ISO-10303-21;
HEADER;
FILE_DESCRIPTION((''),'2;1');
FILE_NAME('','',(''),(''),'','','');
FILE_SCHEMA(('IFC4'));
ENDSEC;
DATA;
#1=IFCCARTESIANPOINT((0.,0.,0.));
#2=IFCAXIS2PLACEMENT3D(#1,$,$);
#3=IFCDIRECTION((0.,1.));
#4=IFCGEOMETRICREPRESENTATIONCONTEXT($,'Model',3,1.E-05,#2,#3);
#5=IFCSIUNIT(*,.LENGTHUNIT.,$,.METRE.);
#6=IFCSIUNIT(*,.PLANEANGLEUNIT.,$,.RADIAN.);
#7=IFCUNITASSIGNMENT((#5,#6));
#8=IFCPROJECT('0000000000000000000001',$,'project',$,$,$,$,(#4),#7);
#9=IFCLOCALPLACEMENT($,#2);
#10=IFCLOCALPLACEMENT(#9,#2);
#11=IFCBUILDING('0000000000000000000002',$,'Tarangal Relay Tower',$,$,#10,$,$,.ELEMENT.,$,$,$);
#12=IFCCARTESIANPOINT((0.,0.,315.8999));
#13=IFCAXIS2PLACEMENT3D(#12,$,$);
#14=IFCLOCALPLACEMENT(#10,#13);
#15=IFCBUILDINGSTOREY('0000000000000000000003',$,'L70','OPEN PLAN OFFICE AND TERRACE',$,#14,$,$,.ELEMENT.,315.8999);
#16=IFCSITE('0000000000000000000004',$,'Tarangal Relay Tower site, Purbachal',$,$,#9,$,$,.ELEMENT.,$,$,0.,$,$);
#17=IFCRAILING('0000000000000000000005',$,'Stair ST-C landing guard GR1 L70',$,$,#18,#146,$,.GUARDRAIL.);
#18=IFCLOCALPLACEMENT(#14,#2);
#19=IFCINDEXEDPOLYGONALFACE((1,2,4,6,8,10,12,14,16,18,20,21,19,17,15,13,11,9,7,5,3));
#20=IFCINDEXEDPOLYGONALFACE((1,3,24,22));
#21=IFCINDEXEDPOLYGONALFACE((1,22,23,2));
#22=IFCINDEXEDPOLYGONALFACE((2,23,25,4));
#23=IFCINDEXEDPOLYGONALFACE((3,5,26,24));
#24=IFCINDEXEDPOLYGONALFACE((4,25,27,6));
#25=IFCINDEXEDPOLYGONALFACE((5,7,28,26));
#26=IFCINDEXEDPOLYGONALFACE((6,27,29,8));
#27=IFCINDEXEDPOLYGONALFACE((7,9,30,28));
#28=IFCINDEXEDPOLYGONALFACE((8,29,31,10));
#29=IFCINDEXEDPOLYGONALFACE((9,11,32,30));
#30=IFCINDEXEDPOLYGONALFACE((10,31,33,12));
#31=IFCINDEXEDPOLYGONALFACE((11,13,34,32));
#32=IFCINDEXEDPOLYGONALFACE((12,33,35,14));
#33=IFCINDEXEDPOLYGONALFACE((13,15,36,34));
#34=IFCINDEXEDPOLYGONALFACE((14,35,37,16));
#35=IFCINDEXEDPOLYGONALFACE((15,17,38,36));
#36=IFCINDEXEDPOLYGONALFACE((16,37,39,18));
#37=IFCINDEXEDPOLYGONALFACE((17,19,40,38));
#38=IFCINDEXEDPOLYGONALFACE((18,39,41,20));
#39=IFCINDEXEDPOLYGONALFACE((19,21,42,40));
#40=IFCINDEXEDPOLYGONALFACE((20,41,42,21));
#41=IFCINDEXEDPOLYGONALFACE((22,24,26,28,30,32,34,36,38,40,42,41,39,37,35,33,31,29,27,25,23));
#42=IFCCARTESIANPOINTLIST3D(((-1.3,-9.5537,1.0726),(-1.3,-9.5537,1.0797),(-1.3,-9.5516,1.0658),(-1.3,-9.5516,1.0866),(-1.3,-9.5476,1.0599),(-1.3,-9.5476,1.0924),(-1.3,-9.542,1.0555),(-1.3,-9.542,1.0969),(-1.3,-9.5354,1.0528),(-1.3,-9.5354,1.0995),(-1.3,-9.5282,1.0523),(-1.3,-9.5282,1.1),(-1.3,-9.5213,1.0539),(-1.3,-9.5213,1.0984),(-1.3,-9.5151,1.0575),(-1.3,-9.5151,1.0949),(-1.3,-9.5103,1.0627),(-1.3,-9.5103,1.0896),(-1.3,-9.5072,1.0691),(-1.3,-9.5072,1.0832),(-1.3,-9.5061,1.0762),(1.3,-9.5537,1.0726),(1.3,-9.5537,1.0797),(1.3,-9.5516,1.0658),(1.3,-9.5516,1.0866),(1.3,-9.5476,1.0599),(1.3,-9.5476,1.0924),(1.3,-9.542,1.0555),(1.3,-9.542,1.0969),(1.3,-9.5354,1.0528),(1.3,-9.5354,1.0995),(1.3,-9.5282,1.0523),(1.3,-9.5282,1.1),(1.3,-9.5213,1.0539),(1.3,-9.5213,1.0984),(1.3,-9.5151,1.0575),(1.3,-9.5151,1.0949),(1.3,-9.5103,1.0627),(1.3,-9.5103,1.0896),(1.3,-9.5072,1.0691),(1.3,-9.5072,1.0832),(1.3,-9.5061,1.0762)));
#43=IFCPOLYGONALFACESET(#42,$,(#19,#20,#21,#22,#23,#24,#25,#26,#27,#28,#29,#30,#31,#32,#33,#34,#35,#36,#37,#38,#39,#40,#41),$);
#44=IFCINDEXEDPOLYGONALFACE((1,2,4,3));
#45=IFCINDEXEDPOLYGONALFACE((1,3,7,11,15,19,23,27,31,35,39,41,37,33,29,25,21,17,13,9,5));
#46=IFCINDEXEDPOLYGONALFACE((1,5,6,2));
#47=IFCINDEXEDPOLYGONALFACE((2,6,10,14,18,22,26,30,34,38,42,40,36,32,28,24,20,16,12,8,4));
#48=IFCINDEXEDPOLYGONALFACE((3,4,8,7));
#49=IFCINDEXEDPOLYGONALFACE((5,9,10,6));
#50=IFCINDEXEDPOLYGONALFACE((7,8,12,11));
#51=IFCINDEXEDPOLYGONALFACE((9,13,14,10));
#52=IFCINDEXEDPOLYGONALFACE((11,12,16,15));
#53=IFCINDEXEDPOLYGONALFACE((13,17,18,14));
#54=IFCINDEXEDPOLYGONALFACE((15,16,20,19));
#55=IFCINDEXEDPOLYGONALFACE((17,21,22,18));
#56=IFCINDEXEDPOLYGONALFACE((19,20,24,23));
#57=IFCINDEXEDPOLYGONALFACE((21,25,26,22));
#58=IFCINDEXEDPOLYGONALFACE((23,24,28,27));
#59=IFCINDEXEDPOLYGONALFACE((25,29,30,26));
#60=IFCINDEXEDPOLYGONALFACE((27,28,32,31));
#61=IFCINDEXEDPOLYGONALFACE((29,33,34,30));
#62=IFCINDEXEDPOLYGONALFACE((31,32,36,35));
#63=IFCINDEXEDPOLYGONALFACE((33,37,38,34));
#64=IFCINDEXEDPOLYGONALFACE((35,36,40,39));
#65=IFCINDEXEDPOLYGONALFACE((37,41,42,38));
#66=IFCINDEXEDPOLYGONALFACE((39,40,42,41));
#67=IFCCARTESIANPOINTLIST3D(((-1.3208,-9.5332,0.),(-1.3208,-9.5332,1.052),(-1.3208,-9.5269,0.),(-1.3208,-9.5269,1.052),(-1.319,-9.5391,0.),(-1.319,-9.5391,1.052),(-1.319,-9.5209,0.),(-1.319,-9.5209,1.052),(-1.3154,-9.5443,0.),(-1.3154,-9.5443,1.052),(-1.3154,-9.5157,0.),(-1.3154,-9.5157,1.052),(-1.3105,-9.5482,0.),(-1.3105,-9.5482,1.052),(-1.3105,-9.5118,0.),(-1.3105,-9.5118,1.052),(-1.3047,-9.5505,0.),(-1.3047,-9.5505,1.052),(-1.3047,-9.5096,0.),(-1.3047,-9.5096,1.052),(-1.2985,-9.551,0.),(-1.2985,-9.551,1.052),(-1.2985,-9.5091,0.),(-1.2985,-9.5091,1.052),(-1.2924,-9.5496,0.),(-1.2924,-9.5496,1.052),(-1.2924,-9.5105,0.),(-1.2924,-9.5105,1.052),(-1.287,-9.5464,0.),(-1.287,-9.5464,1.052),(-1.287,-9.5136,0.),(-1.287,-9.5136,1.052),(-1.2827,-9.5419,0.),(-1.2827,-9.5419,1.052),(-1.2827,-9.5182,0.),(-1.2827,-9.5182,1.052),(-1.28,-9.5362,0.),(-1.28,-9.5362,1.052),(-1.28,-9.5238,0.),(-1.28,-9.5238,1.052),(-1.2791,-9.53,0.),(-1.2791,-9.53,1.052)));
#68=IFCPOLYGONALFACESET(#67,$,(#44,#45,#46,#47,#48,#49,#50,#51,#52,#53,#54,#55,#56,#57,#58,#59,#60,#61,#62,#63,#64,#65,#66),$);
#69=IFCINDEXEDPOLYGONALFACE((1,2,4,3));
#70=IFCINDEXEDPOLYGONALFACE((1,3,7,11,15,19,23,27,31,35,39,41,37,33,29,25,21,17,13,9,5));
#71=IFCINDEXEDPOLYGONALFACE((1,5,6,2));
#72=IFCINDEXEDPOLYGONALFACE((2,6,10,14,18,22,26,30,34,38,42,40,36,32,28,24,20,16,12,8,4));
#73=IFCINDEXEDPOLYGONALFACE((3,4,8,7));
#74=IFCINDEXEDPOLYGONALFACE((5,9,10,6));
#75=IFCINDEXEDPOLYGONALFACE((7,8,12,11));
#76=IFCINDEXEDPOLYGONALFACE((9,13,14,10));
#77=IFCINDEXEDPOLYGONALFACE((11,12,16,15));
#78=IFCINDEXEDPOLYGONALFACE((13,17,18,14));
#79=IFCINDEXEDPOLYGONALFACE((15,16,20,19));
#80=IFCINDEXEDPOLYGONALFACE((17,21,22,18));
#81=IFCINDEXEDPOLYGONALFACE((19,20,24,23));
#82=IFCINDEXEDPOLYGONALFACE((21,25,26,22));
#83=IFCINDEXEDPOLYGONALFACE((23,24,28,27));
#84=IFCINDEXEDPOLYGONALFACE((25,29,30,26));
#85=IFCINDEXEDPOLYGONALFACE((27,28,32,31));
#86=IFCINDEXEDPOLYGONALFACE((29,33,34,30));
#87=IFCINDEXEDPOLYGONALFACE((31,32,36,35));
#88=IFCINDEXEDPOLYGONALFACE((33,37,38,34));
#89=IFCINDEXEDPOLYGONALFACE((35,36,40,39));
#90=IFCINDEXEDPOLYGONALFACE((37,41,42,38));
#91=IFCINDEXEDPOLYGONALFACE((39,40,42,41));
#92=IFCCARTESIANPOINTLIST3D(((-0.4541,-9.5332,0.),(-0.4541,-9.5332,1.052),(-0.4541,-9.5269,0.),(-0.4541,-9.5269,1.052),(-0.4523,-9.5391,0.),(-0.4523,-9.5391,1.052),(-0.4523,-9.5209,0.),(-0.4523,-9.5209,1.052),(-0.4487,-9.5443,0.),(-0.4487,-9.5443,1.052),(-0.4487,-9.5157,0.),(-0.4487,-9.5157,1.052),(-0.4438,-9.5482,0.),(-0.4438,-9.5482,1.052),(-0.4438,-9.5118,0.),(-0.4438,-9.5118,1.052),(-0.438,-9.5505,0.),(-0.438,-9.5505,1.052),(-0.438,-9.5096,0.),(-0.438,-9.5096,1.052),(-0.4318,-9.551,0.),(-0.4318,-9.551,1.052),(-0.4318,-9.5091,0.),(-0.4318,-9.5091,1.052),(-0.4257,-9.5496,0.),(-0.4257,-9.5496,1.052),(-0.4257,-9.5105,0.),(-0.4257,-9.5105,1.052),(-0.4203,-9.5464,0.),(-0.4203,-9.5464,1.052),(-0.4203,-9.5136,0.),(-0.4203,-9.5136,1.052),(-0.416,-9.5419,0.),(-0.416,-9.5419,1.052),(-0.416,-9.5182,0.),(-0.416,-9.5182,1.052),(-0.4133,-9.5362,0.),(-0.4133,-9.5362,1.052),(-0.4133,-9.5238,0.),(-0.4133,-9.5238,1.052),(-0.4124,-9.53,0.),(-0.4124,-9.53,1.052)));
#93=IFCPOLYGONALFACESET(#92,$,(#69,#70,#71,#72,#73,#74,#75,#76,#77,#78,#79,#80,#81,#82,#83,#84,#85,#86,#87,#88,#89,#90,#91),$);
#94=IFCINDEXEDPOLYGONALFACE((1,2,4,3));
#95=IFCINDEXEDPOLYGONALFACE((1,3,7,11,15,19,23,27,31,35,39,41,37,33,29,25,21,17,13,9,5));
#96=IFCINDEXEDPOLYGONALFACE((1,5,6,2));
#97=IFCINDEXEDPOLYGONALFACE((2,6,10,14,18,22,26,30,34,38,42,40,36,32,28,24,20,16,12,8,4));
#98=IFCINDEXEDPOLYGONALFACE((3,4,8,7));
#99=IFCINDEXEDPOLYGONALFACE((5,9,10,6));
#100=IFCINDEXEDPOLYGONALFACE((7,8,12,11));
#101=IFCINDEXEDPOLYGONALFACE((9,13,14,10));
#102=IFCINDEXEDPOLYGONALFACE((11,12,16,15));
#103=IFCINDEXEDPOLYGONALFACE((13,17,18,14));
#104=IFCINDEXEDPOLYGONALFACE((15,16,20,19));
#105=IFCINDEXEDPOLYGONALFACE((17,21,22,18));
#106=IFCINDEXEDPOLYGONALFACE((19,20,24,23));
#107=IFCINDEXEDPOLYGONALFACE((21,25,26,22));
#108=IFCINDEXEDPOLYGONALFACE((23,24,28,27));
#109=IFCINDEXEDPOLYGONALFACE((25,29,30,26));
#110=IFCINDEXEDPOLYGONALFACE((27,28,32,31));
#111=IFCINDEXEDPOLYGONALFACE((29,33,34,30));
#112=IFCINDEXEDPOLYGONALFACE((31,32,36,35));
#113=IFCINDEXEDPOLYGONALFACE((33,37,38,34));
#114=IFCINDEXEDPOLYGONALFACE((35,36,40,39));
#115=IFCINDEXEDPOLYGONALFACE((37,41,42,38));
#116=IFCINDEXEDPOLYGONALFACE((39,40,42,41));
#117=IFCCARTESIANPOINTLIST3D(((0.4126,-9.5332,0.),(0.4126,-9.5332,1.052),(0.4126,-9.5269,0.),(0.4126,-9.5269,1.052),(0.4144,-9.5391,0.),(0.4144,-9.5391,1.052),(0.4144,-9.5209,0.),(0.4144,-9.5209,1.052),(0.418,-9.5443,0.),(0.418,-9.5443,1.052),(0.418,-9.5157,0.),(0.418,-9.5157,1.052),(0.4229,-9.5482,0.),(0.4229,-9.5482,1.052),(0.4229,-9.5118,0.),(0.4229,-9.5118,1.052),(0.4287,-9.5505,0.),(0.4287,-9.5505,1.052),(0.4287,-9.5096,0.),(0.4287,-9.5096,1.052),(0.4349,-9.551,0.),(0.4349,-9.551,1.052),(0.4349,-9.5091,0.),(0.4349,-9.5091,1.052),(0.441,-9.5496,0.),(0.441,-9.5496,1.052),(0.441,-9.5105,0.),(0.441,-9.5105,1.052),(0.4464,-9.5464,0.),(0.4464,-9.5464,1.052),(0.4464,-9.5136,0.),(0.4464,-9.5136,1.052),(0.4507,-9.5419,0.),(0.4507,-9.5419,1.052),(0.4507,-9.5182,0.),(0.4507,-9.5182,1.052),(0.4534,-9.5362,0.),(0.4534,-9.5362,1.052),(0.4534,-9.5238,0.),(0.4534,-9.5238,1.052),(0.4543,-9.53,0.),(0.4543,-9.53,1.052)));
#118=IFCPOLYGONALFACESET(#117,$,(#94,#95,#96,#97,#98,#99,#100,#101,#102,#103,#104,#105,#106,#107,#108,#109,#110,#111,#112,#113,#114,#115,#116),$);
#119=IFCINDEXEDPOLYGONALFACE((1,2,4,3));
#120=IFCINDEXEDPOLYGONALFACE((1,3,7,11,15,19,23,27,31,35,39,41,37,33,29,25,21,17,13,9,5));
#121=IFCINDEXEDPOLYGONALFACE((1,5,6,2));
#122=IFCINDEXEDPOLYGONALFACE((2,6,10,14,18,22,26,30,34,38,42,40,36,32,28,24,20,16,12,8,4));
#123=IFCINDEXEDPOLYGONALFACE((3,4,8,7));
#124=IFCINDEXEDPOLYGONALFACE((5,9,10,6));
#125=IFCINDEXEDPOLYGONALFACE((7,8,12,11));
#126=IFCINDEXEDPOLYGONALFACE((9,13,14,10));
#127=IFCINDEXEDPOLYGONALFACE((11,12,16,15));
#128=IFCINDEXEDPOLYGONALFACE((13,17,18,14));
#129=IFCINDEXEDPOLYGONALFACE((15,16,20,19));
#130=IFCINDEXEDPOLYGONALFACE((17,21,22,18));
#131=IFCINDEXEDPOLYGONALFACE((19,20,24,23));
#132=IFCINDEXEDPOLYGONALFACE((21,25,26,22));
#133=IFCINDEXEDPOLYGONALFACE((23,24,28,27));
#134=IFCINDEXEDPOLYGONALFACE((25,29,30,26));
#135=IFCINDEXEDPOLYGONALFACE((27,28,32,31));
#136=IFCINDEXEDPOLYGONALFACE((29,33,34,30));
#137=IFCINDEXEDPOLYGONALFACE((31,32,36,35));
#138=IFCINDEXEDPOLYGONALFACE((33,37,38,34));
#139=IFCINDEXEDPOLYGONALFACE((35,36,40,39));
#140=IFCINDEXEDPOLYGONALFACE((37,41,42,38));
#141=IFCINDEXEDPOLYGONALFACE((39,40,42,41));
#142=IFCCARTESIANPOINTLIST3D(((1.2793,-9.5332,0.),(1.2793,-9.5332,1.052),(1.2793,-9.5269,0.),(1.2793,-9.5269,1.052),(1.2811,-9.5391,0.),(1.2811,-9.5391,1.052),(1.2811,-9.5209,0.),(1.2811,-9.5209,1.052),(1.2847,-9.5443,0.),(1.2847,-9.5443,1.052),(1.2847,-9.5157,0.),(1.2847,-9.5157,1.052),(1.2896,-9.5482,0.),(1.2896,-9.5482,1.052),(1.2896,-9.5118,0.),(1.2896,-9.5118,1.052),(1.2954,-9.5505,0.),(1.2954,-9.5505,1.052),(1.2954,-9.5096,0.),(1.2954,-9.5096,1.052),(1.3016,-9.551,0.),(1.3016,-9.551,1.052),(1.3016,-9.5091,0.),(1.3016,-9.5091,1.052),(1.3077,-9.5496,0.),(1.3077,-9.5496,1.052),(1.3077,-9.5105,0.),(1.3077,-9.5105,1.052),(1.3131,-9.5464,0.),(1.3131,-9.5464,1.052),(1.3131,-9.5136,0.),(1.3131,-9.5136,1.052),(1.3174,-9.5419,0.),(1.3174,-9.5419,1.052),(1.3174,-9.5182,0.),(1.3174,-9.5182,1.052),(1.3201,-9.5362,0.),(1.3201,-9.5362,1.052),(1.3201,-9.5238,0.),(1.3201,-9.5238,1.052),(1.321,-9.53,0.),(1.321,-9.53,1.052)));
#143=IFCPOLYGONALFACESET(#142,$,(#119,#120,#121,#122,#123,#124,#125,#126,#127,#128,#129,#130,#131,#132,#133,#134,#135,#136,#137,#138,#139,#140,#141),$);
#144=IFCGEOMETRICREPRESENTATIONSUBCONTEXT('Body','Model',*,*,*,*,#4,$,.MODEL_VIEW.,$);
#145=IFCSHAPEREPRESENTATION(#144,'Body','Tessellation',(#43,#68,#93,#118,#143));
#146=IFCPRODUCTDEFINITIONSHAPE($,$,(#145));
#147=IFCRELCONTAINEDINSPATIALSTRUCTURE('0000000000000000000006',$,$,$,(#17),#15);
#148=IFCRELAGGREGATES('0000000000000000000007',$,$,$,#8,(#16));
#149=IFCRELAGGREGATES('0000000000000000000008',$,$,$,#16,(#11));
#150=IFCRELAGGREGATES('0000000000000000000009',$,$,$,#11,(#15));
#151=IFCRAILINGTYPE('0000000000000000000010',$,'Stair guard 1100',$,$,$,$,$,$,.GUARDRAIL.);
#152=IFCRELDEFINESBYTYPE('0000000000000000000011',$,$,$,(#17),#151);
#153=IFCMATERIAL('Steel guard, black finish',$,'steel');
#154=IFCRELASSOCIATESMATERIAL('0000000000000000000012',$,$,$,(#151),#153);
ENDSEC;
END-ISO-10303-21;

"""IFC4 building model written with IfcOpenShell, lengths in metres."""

from ifc_helpers import new_model, si_unit, direction, frame, origin, origin_2d, place, context, subcontext, project, spatial, circle, extrude, material, type_object, element, save


model = new_model("IFC4")

# Units and contexts
model_context = context("Model", 3, precision=1e-05, world=origin(), true_north=direction((0.0, 1.0)))
body_context = subcontext(model_context, "Body", "Model", "MODEL_VIEW")
ifc_project = project(units=[si_unit("LENGTHUNIT", "METRE"), si_unit("PLANEANGLEUNIT", "RADIAN")], contexts=[model_context])

# Site, building, storey
site_placement = place(None, origin())
site = spatial("IfcSite", under=ifc_project, at=site_placement, Name="Tarangal Relay Tower site, Purbachal", CompositionType="ELEMENT", RefElevation=0.0)
building_placement = place(site_placement, origin())
building = spatial("IfcBuilding", under=site, at=building_placement, Name="Tarangal Relay Tower", CompositionType="ELEMENT")
storey_placement = place(building_placement, frame((0.0, 0.0, 315.8999)))
storey = spatial("IfcBuildingStorey", under=building, at=storey_placement, Name="L70", Description="OPEN PLAN OFFICE AND TERRACE", CompositionType="ELEMENT", Elevation=315.8999)

# Railing
ifc_material_1 = material(Name="Steel guard, black finish", Category="steel")
railing_type = type_object("IfcRailingType", Name="Stair guard 1100", PredefinedType="GUARDRAIL", material=ifc_material_1)
railing_placement = place(storey_placement, frame((-1.3, -9.53, 0.0)))
element("IfcRailing", 1, at=railing_placement, inside=storey, type_object=railing_type, Name="Stair ST-C landing guard GR1 L70", PredefinedType="GUARDRAIL", context=body_context, shape_type="SweptSolid", body=[
    extrude(circle(Radius=0.0239, at=origin_2d()), frame((0.0, 0.0, 1.0762), z_axis=(1.0, 0.0, 0.0), x_axis=(0.0, 1.0, 0.0)), (0.0, 0.0, 1.0), 2.6001),
    extrude(circle(Radius=0.021, at=origin_2d()), origin(), (0.0, 0.0, 1.0), 1.052),
    extrude(circle(Radius=0.021, at=origin_2d()), frame((0.8667, 0.0, 0.0)), (0.0, 0.0, 1.0), 1.052),
    extrude(circle(Radius=0.021, at=origin_2d()), frame((1.7334, 0.0, 0.0)), (0.0, 0.0, 1.0), 1.052),
    extrude(circle(Radius=0.021, at=origin_2d()), frame((2.6001, 0.0, 0.0)), (0.0, 0.0, 1.0), 1.052),
])

save(model, "model.ifc")
